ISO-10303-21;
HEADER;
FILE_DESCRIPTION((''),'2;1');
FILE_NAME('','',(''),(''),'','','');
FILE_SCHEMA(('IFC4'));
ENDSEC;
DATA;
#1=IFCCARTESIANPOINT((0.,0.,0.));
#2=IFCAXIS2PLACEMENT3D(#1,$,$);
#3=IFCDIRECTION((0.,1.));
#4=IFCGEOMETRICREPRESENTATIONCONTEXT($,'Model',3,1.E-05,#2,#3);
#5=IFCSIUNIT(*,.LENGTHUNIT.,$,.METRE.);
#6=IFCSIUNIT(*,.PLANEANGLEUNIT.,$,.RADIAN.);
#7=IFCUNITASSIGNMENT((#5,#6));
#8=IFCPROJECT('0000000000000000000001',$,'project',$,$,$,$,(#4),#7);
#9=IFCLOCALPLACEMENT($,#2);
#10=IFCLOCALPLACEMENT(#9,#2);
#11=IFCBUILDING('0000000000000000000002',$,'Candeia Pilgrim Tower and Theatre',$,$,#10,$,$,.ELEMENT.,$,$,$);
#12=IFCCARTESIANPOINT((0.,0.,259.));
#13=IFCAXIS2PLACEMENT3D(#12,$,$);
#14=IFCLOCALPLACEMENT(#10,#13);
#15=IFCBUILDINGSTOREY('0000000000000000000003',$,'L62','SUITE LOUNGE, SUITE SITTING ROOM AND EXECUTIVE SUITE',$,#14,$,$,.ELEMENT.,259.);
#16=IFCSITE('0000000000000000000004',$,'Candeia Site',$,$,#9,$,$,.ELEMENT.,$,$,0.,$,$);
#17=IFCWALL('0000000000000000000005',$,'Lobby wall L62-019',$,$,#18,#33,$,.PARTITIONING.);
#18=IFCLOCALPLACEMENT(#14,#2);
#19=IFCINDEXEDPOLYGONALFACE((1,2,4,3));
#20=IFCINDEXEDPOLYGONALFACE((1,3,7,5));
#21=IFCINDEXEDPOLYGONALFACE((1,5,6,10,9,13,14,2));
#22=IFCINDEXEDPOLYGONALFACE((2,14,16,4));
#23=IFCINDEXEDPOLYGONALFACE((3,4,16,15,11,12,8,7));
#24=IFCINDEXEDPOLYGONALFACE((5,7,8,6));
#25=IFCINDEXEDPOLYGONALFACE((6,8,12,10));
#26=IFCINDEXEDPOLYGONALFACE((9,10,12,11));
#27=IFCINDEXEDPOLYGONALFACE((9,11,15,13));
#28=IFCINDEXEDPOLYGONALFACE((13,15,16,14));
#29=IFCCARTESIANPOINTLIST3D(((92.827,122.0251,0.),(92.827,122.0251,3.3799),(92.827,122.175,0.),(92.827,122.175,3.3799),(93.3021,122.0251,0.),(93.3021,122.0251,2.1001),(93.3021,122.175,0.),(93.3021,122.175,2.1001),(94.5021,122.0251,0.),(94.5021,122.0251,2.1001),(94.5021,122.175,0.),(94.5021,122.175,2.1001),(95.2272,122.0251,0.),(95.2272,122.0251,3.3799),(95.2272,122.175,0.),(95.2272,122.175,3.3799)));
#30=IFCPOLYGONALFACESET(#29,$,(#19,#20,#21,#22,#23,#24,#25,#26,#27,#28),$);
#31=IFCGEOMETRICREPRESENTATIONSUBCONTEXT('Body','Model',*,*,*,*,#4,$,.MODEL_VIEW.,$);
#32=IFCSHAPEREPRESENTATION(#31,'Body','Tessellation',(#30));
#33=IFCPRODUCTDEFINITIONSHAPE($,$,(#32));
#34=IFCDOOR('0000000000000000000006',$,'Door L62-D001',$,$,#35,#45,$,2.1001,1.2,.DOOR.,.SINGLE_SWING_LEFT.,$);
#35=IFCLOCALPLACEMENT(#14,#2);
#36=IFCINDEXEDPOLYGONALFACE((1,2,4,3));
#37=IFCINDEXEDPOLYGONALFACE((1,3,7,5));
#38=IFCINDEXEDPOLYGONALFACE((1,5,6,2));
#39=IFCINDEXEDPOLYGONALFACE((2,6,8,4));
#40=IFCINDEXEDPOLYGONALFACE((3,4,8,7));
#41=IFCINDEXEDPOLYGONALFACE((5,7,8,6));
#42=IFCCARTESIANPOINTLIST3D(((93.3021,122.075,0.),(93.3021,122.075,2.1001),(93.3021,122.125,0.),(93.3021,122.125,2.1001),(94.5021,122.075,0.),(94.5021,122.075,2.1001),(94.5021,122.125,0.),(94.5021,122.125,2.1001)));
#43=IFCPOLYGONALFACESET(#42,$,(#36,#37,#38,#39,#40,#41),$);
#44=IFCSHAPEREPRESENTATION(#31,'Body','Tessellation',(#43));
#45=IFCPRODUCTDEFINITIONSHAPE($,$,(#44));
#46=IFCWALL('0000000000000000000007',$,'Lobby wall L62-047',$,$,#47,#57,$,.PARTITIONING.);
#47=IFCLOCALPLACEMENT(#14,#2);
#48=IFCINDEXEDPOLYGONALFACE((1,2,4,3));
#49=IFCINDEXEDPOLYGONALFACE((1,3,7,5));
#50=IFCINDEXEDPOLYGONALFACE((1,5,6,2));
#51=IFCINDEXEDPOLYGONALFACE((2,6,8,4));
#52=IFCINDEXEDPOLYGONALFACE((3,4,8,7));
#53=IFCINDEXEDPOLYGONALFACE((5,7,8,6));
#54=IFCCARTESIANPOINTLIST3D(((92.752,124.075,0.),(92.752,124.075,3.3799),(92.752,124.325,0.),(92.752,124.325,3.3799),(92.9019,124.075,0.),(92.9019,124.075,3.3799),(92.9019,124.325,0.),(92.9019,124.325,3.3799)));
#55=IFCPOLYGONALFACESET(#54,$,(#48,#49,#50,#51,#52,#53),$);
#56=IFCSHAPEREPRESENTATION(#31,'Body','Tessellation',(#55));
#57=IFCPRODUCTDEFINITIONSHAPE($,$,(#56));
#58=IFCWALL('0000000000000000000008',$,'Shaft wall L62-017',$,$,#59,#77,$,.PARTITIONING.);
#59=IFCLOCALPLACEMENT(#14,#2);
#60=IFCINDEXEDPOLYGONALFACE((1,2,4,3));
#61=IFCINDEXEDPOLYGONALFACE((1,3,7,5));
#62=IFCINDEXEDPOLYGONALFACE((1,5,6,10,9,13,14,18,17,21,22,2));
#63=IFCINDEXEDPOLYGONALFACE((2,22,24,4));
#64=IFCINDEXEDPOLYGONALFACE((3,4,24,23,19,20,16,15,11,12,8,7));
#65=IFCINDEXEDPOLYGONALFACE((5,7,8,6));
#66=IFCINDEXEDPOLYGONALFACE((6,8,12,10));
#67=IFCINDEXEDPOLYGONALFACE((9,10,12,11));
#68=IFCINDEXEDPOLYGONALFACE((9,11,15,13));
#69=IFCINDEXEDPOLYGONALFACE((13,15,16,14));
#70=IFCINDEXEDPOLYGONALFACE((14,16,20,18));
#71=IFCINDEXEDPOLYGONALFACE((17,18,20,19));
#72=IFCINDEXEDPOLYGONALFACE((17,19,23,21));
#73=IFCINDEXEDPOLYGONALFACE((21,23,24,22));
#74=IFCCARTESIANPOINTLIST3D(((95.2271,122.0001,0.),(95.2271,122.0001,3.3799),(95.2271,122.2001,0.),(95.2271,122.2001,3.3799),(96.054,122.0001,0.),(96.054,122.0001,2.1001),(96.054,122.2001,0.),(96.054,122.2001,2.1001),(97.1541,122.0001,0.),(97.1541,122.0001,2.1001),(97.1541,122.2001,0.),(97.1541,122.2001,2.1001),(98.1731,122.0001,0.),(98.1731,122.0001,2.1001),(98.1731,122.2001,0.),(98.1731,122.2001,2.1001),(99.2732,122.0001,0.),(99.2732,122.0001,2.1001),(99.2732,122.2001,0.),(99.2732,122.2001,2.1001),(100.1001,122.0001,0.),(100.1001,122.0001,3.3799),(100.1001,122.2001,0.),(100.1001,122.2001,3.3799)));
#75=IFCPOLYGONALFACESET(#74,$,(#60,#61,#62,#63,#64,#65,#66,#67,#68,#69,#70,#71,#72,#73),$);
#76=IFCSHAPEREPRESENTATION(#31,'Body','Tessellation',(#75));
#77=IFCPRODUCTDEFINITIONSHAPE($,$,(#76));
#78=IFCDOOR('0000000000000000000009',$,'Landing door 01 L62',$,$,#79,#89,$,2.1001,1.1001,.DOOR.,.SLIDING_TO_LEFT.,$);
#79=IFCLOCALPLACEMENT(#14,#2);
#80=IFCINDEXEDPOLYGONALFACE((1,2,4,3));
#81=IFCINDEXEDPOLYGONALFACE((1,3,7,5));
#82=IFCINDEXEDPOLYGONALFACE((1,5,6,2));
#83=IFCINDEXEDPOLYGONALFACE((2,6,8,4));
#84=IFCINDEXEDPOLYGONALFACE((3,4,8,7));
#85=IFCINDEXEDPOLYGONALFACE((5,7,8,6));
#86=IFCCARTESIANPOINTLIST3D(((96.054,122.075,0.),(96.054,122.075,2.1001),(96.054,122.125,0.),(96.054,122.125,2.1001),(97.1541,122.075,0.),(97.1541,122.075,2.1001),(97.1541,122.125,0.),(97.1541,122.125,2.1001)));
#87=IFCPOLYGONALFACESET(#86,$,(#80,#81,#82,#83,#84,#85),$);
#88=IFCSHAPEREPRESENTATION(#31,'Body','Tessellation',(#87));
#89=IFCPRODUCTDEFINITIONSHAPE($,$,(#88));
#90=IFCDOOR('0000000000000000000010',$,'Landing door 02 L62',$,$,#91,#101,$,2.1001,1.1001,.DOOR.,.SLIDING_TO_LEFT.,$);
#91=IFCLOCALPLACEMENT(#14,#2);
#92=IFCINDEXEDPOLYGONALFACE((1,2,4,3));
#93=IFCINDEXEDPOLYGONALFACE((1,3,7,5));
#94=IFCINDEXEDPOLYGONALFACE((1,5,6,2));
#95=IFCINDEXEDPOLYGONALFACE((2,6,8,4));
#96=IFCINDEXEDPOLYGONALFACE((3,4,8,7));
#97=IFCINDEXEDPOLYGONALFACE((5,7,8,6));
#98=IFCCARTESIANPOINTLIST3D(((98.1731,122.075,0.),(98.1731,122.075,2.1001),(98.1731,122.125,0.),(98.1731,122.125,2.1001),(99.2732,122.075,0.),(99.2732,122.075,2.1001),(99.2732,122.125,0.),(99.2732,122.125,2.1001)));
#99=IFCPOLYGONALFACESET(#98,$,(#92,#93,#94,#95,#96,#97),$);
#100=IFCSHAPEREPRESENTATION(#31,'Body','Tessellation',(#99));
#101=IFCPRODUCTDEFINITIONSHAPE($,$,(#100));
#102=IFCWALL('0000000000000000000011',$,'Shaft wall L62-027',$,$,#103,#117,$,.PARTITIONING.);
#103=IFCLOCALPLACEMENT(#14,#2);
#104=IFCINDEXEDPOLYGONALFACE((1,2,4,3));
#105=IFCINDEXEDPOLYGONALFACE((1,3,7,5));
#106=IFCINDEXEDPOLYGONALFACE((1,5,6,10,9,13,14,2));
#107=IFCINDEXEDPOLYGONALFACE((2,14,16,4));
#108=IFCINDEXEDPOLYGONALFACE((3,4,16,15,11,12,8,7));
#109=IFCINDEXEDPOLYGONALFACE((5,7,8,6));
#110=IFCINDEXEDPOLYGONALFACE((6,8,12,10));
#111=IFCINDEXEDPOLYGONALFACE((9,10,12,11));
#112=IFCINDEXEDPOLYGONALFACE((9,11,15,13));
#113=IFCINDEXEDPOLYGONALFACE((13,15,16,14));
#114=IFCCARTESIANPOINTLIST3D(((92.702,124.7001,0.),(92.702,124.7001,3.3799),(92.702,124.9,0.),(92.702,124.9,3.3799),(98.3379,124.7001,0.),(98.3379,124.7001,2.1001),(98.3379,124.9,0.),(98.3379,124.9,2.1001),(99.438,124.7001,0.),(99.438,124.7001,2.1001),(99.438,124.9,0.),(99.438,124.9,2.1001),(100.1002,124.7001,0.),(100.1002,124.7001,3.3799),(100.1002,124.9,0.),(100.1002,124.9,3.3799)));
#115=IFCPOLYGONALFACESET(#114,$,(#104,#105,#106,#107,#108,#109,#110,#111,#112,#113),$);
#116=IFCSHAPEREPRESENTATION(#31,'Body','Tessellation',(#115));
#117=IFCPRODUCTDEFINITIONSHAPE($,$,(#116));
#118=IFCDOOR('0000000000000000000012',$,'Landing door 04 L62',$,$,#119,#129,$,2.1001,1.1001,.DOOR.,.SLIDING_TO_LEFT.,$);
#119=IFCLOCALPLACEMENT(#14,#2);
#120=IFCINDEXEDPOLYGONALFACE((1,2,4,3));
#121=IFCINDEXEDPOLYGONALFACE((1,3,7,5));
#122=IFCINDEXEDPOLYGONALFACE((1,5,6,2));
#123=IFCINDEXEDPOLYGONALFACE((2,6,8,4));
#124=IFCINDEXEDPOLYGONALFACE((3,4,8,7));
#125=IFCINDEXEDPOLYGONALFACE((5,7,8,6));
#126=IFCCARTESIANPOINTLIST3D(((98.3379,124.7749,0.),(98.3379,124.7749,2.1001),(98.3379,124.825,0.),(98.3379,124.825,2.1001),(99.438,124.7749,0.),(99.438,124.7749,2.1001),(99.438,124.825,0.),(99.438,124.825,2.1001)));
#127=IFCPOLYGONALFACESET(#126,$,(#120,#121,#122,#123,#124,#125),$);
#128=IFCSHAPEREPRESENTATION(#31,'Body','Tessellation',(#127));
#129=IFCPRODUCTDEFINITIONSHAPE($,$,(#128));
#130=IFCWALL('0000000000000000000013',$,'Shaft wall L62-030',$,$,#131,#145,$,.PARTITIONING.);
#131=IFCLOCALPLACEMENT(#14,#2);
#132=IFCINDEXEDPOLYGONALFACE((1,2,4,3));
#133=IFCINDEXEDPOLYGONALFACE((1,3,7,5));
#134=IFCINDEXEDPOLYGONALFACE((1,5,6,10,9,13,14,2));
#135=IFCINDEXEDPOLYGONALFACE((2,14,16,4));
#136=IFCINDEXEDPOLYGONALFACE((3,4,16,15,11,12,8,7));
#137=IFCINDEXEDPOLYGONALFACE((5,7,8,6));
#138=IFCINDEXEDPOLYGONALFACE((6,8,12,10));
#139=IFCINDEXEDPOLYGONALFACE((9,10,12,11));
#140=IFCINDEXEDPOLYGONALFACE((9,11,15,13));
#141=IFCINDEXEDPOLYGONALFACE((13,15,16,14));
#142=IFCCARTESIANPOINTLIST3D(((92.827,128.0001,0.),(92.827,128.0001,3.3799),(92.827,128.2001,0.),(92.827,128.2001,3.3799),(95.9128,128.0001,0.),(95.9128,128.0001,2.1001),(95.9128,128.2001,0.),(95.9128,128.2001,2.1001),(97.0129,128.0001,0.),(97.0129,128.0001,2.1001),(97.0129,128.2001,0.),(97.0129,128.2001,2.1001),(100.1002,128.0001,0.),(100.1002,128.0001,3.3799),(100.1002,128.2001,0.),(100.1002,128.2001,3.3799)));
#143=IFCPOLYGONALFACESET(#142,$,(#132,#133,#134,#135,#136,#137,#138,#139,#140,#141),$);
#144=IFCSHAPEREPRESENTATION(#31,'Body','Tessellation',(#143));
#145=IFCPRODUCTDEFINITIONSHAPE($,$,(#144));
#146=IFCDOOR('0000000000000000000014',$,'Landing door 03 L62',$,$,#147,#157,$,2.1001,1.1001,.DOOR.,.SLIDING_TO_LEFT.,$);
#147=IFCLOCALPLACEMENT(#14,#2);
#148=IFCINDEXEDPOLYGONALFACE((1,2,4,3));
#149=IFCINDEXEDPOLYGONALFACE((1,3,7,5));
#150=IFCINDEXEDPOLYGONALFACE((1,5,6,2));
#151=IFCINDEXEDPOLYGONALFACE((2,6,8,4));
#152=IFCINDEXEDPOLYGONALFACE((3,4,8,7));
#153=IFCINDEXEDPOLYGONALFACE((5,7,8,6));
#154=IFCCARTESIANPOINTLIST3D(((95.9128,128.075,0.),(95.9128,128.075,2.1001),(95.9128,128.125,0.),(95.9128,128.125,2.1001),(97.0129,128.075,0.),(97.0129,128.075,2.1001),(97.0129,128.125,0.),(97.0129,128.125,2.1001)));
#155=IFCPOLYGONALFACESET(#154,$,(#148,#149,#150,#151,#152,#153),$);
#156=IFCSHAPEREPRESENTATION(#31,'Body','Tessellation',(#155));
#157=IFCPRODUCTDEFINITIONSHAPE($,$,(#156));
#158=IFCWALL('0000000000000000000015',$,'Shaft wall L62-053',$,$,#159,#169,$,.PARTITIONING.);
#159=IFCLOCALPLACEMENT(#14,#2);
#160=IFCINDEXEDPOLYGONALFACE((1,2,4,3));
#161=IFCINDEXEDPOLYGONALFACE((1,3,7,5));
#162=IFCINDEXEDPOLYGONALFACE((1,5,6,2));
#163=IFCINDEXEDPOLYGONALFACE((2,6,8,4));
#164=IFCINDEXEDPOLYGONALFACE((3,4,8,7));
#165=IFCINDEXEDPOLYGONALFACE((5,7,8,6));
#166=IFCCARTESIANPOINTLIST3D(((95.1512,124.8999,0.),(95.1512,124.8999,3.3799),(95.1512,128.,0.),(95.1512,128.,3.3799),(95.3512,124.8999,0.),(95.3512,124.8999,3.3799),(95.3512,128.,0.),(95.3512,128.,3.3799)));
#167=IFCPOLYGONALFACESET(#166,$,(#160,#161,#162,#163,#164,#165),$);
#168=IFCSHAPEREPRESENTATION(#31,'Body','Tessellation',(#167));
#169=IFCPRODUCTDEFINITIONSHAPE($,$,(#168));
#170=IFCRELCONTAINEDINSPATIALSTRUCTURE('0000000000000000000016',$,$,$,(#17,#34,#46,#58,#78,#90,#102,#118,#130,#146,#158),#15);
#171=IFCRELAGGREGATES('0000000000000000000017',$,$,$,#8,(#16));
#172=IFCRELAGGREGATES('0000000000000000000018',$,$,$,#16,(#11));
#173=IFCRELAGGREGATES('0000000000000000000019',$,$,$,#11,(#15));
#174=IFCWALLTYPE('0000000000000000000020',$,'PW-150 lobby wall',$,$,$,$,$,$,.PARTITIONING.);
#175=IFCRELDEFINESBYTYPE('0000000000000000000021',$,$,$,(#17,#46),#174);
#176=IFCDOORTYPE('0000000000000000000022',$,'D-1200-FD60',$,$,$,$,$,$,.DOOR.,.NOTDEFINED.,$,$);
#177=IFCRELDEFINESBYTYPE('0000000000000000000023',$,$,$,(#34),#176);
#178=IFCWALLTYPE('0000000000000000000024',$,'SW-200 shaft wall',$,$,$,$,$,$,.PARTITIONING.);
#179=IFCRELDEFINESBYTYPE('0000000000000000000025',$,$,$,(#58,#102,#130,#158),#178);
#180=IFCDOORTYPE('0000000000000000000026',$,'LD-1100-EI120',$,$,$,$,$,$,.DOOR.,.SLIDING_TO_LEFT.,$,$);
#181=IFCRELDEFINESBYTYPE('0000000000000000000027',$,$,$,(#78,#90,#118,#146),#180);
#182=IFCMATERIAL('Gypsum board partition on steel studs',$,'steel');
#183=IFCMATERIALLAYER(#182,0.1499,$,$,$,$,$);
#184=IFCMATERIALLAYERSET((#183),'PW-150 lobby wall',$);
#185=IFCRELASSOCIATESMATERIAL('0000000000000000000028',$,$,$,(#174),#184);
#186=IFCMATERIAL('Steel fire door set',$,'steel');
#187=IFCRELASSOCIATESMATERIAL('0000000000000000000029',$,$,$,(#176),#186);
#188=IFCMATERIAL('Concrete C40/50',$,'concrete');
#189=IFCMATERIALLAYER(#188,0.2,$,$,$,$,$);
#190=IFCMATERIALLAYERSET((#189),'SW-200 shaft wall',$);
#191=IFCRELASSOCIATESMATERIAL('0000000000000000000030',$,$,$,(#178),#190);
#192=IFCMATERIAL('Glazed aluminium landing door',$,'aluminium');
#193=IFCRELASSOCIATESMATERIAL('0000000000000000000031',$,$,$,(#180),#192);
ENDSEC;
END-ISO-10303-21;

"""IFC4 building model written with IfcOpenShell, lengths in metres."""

from ifc_helpers import new_model, si_unit, direction, frame, frame_2d, origin, place, context, subcontext, project, spatial, rectangle, extrude, material, layer, layer_set, type_object, element, fill, save


model = new_model("IFC4")

# Units and contexts
model_context = context("Model", 3, precision=1e-05, world=origin(), true_north=direction((0.0, 1.0)))
body_context = subcontext(model_context, "Body", "Model", "MODEL_VIEW")
ifc_project = project(units=[si_unit("LENGTHUNIT", "METRE"), si_unit("PLANEANGLEUNIT", "RADIAN")], contexts=[model_context])

# Site, building, storey
site_placement = place(None, origin())
site = spatial("IfcSite", under=ifc_project, at=site_placement, Name="Candeia Site", CompositionType="ELEMENT", RefElevation=0.0)
building_placement = place(site_placement, origin())
building = spatial("IfcBuilding", under=site, at=building_placement, Name="Candeia Pilgrim Tower and Theatre", CompositionType="ELEMENT")
storey_placement = place(building_placement, frame((0.0, 0.0, 259.0)))
storey = spatial("IfcBuildingStorey", under=building, at=storey_placement, Name="L62", Description="SUITE LOUNGE, SUITE SITTING ROOM AND EXECUTIVE SUITE", CompositionType="ELEMENT", Elevation=259.0)

# Wall, opening, door
ifc_material_1 = material(Name="Gypsum board partition on steel studs", Category="steel")
ifc_layer_1 = layer(ifc_material_1, 0.1499)
ifc_layer_set_1 = layer_set([ifc_layer_1], Name="PW-150 lobby wall")
wall_type_1 = type_object("IfcWallType", Name="PW-150 lobby wall", PredefinedType="PARTITIONING", material=ifc_layer_set_1)
wall_1_placement = place(storey_placement, frame((92.8269, 122.1001, 0.0), z_axis=(0.0, 0.0, 1.0), x_axis=(1.0, 0.0, 0.0)))
wall_1 = element("IfcWall", 1, at=wall_1_placement, inside=storey, type_object=wall_type_1, Name="Lobby wall L62-019", PredefinedType="PARTITIONING", context=body_context, shape_type="SweptSolid", body=[
    extrude(rectangle(XDim=2.4001, YDim=0.1499, at=frame_2d((1.2002, 0.0))), origin(), (0.0, 0.0, 1.0), 3.3799),
])
opening_1_placement = place(wall_1_placement, frame((0.4751, 0.0, 0.0)))
opening_1 = element("IfcOpeningElement", 2, at=opening_1_placement, cuts=wall_1, PredefinedType="OPENING", context=body_context, shape_type="SweptSolid", body=[
    extrude(rectangle(XDim=1.2, YDim=2.1001, at=frame_2d((0.6001, 1.05))), frame((0.0, 0.085, 0.0), z_axis=(0.0, -1.0, 0.0), x_axis=(1.0, 0.0, 0.0)), (0.0, 0.0, 1.0), 0.1699),
])
ifc_material_2 = material(Name="Steel fire door set", Category="steel")
door_type_1 = type_object("IfcDoorType", Name="D-1200-FD60", OperationType="NOTDEFINED", PredefinedType="DOOR", material=ifc_material_2)
door_1_placement = place(opening_1_placement, origin())
door_1 = element("IfcDoor", 3, at=door_1_placement, inside=storey, type_object=door_type_1, Name="Door L62-D001", OperationType="SINGLE_SWING_LEFT", OverallHeight=2.1001, OverallWidth=1.2, PredefinedType="DOOR", context=body_context, shape_type="SweptSolid", body=[
    extrude(rectangle(XDim=1.2, YDim=2.1001, at=frame_2d((0.6001, 1.05))), frame((0.0, 0.0249, 0.0), z_axis=(0.0, -1.0, 0.0), x_axis=(1.0, 0.0, 0.0)), (0.0, 0.0, 1.0), 0.05),
])
fill(opening_1, door_1)

# Wall
wall_2_placement = place(storey_placement, frame((92.8269, 124.075, 0.0), z_axis=(0.0, 0.0, 1.0), x_axis=(0.0, 1.0, 0.0)))
element("IfcWall", 4, at=wall_2_placement, inside=storey, type_object=wall_type_1, Name="Lobby wall L62-047", PredefinedType="PARTITIONING", context=body_context, shape_type="SweptSolid", body=[
    extrude(rectangle(XDim=0.25, YDim=0.1499, at=frame_2d((0.125, 0.0))), origin(), (0.0, 0.0, 1.0), 3.3799),
])

# Wall, openings, doors
ifc_material_3 = material(Name="Concrete C40/50", Category="concrete")
ifc_layer_2 = layer(ifc_material_3, 0.2)
ifc_layer_set_2 = layer_set([ifc_layer_2], Name="SW-200 shaft wall")
wall_type_2 = type_object("IfcWallType", Name="SW-200 shaft wall", PredefinedType="PARTITIONING", material=ifc_layer_set_2)
wall_3_placement = place(storey_placement, frame((95.2271, 122.1001, 0.0), z_axis=(0.0, 0.0, 1.0), x_axis=(1.0, 0.0, 0.0)))
wall_3 = element("IfcWall", 5, at=wall_3_placement, inside=storey, type_object=wall_type_2, Name="Shaft wall L62-017", PredefinedType="PARTITIONING", context=body_context, shape_type="SweptSolid", body=[
    extrude(rectangle(XDim=4.873, YDim=0.2, at=frame_2d((2.4365, 0.0))), origin(), (0.0, 0.0, 1.0), 3.3799),
])
opening_2_placement = place(wall_3_placement, frame((0.8269, 0.0, 0.0)))
opening_2 = element("IfcOpeningElement", 6, at=opening_2_placement, cuts=wall_3, PredefinedType="OPENING", context=body_context, shape_type="SweptSolid", body=[
    extrude(rectangle(XDim=1.1001, YDim=2.1001, at=frame_2d((0.55, 1.05))), frame((0.0, 0.1099, 0.0), z_axis=(0.0, -1.0, 0.0), x_axis=(1.0, 0.0, 0.0)), (0.0, 0.0, 1.0), 0.22),
])
opening_3_placement = place(wall_3_placement, frame((2.946, 0.0, 0.0)))
opening_3 = element("IfcOpeningElement", 7, at=opening_3_placement, cuts=wall_3, PredefinedType="OPENING", context=body_context, shape_type="SweptSolid", body=[
    extrude(rectangle(XDim=1.1001, YDim=2.1001, at=frame_2d((0.55, 1.05))), frame((0.0, 0.1099, 0.0), z_axis=(0.0, -1.0, 0.0), x_axis=(1.0, 0.0, 0.0)), (0.0, 0.0, 1.0), 0.22),
])
ifc_material_4 = material(Name="Glazed aluminium landing door", Category="aluminium")
door_type_2 = type_object("IfcDoorType", Name="LD-1100-EI120", OperationType="SLIDING_TO_LEFT", PredefinedType="DOOR", material=ifc_material_4)
door_2_placement = place(opening_2_placement, origin())
door_2 = element("IfcDoor", 8, at=door_2_placement, inside=storey, type_object=door_type_2, Name="Landing door 01 L62", OperationType="SLIDING_TO_LEFT", OverallHeight=2.1001, OverallWidth=1.1001, PredefinedType="DOOR", context=body_context, shape_type="SweptSolid", body=[
    extrude(rectangle(XDim=1.1001, YDim=2.1001, at=frame_2d((0.55, 1.05))), frame((0.0, 0.0249, 0.0), z_axis=(0.0, -1.0, 0.0), x_axis=(1.0, 0.0, 0.0)), (0.0, 0.0, 1.0), 0.05),
])
fill(opening_2, door_2)
door_3_placement = place(opening_3_placement, origin())
door_3 = element("IfcDoor", 9, at=door_3_placement, inside=storey, type_object=door_type_2, Name="Landing door 02 L62", OperationType="SLIDING_TO_LEFT", OverallHeight=2.1001, OverallWidth=1.1001, PredefinedType="DOOR", context=body_context, shape_type="SweptSolid", body=[
    extrude(rectangle(XDim=1.1001, YDim=2.1001, at=frame_2d((0.55, 1.05))), frame((0.0, 0.0249, 0.0), z_axis=(0.0, -1.0, 0.0), x_axis=(1.0, 0.0, 0.0)), (0.0, 0.0, 1.0), 0.05),
])
fill(opening_3, door_3)

# Walls, openings, doors
wall_4_placement = place(storey_placement, frame((92.7019, 124.8, 0.0), z_axis=(0.0, 0.0, 1.0), x_axis=(1.0, 0.0, 0.0)))
wall_4 = element("IfcWall", 10, at=wall_4_placement, inside=storey, type_object=wall_type_2, Name="Shaft wall L62-027", PredefinedType="PARTITIONING", context=body_context, shape_type="SweptSolid", body=[
    extrude(rectangle(XDim=7.3982, YDim=0.2, at=frame_2d((3.6992, 0.0))), origin(), (0.0, 0.0, 1.0), 3.3799),
])
opening_4_placement = place(wall_4_placement, frame((5.636, 0.0, 0.0)))
opening_4 = element("IfcOpeningElement", 11, at=opening_4_placement, cuts=wall_4, PredefinedType="OPENING", context=body_context, shape_type="SweptSolid", body=[
    extrude(rectangle(XDim=1.1001, YDim=2.1001, at=frame_2d((0.55, 1.05))), frame((0.0, 0.1099, 0.0), z_axis=(0.0, -1.0, 0.0), x_axis=(1.0, 0.0, 0.0)), (0.0, 0.0, 1.0), 0.22),
])
door_4_placement = place(opening_4_placement, origin())
door_4 = element("IfcDoor", 12, at=door_4_placement, inside=storey, type_object=door_type_2, Name="Landing door 04 L62", OperationType="SLIDING_TO_LEFT", OverallHeight=2.1001, OverallWidth=1.1001, PredefinedType="DOOR", context=body_context, shape_type="SweptSolid", body=[
    extrude(rectangle(XDim=1.1001, YDim=2.1001, at=frame_2d((0.55, 1.05))), frame((0.0, 0.0249, 0.0), z_axis=(0.0, -1.0, 0.0), x_axis=(1.0, 0.0, 0.0)), (0.0, 0.0, 1.0), 0.05),
])
fill(opening_4, door_4)
wall_5_placement = place(storey_placement, frame((92.8269, 128.1001, 0.0), z_axis=(0.0, 0.0, 1.0), x_axis=(1.0, 0.0, 0.0)))
wall_5 = element("IfcWall", 13, at=wall_5_placement, inside=storey, type_object=wall_type_2, Name="Shaft wall L62-030", PredefinedType="PARTITIONING", context=body_context, shape_type="SweptSolid", body=[
    extrude(rectangle(XDim=7.2732, YDim=0.2, at=frame_2d((3.6367, 0.0))), origin(), (0.0, 0.0, 1.0), 3.3799),
])
opening_5_placement = place(wall_5_placement, frame((3.0859, 0.0, 0.0)))
opening_5 = element("IfcOpeningElement", 14, at=opening_5_placement, cuts=wall_5, PredefinedType="OPENING", context=body_context, shape_type="SweptSolid", body=[
    extrude(rectangle(XDim=1.1001, YDim=2.1001, at=frame_2d((0.55, 1.05))), frame((0.0, 0.1099, 0.0), z_axis=(0.0, -1.0, 0.0), x_axis=(1.0, 0.0, 0.0)), (0.0, 0.0, 1.0), 0.22),
])
door_5_placement = place(opening_5_placement, origin())
door_5 = element("IfcDoor", 15, at=door_5_placement, inside=storey, type_object=door_type_2, Name="Landing door 03 L62", OperationType="SLIDING_TO_LEFT", OverallHeight=2.1001, OverallWidth=1.1001, PredefinedType="DOOR", context=body_context, shape_type="SweptSolid", body=[
    extrude(rectangle(XDim=1.1001, YDim=2.1001, at=frame_2d((0.55, 1.05))), frame((0.0, 0.0249, 0.0), z_axis=(0.0, -1.0, 0.0), x_axis=(1.0, 0.0, 0.0)), (0.0, 0.0, 1.0), 0.05),
])
fill(opening_5, door_5)

# Wall
wall_6_placement = place(storey_placement, frame((95.2512, 124.8999, 0.0), z_axis=(0.0, 0.0, 1.0), x_axis=(0.0, 1.0, 0.0)))
element("IfcWall", 16, at=wall_6_placement, inside=storey, type_object=wall_type_2, Name="Shaft wall L62-053", PredefinedType="PARTITIONING", context=body_context, shape_type="SweptSolid", body=[
    extrude(rectangle(XDim=3.1001, YDim=0.2, at=frame_2d((1.55, 0.0))), origin(), (0.0, 0.0, 1.0), 3.3799),
])

save(model, "model.ifc")
